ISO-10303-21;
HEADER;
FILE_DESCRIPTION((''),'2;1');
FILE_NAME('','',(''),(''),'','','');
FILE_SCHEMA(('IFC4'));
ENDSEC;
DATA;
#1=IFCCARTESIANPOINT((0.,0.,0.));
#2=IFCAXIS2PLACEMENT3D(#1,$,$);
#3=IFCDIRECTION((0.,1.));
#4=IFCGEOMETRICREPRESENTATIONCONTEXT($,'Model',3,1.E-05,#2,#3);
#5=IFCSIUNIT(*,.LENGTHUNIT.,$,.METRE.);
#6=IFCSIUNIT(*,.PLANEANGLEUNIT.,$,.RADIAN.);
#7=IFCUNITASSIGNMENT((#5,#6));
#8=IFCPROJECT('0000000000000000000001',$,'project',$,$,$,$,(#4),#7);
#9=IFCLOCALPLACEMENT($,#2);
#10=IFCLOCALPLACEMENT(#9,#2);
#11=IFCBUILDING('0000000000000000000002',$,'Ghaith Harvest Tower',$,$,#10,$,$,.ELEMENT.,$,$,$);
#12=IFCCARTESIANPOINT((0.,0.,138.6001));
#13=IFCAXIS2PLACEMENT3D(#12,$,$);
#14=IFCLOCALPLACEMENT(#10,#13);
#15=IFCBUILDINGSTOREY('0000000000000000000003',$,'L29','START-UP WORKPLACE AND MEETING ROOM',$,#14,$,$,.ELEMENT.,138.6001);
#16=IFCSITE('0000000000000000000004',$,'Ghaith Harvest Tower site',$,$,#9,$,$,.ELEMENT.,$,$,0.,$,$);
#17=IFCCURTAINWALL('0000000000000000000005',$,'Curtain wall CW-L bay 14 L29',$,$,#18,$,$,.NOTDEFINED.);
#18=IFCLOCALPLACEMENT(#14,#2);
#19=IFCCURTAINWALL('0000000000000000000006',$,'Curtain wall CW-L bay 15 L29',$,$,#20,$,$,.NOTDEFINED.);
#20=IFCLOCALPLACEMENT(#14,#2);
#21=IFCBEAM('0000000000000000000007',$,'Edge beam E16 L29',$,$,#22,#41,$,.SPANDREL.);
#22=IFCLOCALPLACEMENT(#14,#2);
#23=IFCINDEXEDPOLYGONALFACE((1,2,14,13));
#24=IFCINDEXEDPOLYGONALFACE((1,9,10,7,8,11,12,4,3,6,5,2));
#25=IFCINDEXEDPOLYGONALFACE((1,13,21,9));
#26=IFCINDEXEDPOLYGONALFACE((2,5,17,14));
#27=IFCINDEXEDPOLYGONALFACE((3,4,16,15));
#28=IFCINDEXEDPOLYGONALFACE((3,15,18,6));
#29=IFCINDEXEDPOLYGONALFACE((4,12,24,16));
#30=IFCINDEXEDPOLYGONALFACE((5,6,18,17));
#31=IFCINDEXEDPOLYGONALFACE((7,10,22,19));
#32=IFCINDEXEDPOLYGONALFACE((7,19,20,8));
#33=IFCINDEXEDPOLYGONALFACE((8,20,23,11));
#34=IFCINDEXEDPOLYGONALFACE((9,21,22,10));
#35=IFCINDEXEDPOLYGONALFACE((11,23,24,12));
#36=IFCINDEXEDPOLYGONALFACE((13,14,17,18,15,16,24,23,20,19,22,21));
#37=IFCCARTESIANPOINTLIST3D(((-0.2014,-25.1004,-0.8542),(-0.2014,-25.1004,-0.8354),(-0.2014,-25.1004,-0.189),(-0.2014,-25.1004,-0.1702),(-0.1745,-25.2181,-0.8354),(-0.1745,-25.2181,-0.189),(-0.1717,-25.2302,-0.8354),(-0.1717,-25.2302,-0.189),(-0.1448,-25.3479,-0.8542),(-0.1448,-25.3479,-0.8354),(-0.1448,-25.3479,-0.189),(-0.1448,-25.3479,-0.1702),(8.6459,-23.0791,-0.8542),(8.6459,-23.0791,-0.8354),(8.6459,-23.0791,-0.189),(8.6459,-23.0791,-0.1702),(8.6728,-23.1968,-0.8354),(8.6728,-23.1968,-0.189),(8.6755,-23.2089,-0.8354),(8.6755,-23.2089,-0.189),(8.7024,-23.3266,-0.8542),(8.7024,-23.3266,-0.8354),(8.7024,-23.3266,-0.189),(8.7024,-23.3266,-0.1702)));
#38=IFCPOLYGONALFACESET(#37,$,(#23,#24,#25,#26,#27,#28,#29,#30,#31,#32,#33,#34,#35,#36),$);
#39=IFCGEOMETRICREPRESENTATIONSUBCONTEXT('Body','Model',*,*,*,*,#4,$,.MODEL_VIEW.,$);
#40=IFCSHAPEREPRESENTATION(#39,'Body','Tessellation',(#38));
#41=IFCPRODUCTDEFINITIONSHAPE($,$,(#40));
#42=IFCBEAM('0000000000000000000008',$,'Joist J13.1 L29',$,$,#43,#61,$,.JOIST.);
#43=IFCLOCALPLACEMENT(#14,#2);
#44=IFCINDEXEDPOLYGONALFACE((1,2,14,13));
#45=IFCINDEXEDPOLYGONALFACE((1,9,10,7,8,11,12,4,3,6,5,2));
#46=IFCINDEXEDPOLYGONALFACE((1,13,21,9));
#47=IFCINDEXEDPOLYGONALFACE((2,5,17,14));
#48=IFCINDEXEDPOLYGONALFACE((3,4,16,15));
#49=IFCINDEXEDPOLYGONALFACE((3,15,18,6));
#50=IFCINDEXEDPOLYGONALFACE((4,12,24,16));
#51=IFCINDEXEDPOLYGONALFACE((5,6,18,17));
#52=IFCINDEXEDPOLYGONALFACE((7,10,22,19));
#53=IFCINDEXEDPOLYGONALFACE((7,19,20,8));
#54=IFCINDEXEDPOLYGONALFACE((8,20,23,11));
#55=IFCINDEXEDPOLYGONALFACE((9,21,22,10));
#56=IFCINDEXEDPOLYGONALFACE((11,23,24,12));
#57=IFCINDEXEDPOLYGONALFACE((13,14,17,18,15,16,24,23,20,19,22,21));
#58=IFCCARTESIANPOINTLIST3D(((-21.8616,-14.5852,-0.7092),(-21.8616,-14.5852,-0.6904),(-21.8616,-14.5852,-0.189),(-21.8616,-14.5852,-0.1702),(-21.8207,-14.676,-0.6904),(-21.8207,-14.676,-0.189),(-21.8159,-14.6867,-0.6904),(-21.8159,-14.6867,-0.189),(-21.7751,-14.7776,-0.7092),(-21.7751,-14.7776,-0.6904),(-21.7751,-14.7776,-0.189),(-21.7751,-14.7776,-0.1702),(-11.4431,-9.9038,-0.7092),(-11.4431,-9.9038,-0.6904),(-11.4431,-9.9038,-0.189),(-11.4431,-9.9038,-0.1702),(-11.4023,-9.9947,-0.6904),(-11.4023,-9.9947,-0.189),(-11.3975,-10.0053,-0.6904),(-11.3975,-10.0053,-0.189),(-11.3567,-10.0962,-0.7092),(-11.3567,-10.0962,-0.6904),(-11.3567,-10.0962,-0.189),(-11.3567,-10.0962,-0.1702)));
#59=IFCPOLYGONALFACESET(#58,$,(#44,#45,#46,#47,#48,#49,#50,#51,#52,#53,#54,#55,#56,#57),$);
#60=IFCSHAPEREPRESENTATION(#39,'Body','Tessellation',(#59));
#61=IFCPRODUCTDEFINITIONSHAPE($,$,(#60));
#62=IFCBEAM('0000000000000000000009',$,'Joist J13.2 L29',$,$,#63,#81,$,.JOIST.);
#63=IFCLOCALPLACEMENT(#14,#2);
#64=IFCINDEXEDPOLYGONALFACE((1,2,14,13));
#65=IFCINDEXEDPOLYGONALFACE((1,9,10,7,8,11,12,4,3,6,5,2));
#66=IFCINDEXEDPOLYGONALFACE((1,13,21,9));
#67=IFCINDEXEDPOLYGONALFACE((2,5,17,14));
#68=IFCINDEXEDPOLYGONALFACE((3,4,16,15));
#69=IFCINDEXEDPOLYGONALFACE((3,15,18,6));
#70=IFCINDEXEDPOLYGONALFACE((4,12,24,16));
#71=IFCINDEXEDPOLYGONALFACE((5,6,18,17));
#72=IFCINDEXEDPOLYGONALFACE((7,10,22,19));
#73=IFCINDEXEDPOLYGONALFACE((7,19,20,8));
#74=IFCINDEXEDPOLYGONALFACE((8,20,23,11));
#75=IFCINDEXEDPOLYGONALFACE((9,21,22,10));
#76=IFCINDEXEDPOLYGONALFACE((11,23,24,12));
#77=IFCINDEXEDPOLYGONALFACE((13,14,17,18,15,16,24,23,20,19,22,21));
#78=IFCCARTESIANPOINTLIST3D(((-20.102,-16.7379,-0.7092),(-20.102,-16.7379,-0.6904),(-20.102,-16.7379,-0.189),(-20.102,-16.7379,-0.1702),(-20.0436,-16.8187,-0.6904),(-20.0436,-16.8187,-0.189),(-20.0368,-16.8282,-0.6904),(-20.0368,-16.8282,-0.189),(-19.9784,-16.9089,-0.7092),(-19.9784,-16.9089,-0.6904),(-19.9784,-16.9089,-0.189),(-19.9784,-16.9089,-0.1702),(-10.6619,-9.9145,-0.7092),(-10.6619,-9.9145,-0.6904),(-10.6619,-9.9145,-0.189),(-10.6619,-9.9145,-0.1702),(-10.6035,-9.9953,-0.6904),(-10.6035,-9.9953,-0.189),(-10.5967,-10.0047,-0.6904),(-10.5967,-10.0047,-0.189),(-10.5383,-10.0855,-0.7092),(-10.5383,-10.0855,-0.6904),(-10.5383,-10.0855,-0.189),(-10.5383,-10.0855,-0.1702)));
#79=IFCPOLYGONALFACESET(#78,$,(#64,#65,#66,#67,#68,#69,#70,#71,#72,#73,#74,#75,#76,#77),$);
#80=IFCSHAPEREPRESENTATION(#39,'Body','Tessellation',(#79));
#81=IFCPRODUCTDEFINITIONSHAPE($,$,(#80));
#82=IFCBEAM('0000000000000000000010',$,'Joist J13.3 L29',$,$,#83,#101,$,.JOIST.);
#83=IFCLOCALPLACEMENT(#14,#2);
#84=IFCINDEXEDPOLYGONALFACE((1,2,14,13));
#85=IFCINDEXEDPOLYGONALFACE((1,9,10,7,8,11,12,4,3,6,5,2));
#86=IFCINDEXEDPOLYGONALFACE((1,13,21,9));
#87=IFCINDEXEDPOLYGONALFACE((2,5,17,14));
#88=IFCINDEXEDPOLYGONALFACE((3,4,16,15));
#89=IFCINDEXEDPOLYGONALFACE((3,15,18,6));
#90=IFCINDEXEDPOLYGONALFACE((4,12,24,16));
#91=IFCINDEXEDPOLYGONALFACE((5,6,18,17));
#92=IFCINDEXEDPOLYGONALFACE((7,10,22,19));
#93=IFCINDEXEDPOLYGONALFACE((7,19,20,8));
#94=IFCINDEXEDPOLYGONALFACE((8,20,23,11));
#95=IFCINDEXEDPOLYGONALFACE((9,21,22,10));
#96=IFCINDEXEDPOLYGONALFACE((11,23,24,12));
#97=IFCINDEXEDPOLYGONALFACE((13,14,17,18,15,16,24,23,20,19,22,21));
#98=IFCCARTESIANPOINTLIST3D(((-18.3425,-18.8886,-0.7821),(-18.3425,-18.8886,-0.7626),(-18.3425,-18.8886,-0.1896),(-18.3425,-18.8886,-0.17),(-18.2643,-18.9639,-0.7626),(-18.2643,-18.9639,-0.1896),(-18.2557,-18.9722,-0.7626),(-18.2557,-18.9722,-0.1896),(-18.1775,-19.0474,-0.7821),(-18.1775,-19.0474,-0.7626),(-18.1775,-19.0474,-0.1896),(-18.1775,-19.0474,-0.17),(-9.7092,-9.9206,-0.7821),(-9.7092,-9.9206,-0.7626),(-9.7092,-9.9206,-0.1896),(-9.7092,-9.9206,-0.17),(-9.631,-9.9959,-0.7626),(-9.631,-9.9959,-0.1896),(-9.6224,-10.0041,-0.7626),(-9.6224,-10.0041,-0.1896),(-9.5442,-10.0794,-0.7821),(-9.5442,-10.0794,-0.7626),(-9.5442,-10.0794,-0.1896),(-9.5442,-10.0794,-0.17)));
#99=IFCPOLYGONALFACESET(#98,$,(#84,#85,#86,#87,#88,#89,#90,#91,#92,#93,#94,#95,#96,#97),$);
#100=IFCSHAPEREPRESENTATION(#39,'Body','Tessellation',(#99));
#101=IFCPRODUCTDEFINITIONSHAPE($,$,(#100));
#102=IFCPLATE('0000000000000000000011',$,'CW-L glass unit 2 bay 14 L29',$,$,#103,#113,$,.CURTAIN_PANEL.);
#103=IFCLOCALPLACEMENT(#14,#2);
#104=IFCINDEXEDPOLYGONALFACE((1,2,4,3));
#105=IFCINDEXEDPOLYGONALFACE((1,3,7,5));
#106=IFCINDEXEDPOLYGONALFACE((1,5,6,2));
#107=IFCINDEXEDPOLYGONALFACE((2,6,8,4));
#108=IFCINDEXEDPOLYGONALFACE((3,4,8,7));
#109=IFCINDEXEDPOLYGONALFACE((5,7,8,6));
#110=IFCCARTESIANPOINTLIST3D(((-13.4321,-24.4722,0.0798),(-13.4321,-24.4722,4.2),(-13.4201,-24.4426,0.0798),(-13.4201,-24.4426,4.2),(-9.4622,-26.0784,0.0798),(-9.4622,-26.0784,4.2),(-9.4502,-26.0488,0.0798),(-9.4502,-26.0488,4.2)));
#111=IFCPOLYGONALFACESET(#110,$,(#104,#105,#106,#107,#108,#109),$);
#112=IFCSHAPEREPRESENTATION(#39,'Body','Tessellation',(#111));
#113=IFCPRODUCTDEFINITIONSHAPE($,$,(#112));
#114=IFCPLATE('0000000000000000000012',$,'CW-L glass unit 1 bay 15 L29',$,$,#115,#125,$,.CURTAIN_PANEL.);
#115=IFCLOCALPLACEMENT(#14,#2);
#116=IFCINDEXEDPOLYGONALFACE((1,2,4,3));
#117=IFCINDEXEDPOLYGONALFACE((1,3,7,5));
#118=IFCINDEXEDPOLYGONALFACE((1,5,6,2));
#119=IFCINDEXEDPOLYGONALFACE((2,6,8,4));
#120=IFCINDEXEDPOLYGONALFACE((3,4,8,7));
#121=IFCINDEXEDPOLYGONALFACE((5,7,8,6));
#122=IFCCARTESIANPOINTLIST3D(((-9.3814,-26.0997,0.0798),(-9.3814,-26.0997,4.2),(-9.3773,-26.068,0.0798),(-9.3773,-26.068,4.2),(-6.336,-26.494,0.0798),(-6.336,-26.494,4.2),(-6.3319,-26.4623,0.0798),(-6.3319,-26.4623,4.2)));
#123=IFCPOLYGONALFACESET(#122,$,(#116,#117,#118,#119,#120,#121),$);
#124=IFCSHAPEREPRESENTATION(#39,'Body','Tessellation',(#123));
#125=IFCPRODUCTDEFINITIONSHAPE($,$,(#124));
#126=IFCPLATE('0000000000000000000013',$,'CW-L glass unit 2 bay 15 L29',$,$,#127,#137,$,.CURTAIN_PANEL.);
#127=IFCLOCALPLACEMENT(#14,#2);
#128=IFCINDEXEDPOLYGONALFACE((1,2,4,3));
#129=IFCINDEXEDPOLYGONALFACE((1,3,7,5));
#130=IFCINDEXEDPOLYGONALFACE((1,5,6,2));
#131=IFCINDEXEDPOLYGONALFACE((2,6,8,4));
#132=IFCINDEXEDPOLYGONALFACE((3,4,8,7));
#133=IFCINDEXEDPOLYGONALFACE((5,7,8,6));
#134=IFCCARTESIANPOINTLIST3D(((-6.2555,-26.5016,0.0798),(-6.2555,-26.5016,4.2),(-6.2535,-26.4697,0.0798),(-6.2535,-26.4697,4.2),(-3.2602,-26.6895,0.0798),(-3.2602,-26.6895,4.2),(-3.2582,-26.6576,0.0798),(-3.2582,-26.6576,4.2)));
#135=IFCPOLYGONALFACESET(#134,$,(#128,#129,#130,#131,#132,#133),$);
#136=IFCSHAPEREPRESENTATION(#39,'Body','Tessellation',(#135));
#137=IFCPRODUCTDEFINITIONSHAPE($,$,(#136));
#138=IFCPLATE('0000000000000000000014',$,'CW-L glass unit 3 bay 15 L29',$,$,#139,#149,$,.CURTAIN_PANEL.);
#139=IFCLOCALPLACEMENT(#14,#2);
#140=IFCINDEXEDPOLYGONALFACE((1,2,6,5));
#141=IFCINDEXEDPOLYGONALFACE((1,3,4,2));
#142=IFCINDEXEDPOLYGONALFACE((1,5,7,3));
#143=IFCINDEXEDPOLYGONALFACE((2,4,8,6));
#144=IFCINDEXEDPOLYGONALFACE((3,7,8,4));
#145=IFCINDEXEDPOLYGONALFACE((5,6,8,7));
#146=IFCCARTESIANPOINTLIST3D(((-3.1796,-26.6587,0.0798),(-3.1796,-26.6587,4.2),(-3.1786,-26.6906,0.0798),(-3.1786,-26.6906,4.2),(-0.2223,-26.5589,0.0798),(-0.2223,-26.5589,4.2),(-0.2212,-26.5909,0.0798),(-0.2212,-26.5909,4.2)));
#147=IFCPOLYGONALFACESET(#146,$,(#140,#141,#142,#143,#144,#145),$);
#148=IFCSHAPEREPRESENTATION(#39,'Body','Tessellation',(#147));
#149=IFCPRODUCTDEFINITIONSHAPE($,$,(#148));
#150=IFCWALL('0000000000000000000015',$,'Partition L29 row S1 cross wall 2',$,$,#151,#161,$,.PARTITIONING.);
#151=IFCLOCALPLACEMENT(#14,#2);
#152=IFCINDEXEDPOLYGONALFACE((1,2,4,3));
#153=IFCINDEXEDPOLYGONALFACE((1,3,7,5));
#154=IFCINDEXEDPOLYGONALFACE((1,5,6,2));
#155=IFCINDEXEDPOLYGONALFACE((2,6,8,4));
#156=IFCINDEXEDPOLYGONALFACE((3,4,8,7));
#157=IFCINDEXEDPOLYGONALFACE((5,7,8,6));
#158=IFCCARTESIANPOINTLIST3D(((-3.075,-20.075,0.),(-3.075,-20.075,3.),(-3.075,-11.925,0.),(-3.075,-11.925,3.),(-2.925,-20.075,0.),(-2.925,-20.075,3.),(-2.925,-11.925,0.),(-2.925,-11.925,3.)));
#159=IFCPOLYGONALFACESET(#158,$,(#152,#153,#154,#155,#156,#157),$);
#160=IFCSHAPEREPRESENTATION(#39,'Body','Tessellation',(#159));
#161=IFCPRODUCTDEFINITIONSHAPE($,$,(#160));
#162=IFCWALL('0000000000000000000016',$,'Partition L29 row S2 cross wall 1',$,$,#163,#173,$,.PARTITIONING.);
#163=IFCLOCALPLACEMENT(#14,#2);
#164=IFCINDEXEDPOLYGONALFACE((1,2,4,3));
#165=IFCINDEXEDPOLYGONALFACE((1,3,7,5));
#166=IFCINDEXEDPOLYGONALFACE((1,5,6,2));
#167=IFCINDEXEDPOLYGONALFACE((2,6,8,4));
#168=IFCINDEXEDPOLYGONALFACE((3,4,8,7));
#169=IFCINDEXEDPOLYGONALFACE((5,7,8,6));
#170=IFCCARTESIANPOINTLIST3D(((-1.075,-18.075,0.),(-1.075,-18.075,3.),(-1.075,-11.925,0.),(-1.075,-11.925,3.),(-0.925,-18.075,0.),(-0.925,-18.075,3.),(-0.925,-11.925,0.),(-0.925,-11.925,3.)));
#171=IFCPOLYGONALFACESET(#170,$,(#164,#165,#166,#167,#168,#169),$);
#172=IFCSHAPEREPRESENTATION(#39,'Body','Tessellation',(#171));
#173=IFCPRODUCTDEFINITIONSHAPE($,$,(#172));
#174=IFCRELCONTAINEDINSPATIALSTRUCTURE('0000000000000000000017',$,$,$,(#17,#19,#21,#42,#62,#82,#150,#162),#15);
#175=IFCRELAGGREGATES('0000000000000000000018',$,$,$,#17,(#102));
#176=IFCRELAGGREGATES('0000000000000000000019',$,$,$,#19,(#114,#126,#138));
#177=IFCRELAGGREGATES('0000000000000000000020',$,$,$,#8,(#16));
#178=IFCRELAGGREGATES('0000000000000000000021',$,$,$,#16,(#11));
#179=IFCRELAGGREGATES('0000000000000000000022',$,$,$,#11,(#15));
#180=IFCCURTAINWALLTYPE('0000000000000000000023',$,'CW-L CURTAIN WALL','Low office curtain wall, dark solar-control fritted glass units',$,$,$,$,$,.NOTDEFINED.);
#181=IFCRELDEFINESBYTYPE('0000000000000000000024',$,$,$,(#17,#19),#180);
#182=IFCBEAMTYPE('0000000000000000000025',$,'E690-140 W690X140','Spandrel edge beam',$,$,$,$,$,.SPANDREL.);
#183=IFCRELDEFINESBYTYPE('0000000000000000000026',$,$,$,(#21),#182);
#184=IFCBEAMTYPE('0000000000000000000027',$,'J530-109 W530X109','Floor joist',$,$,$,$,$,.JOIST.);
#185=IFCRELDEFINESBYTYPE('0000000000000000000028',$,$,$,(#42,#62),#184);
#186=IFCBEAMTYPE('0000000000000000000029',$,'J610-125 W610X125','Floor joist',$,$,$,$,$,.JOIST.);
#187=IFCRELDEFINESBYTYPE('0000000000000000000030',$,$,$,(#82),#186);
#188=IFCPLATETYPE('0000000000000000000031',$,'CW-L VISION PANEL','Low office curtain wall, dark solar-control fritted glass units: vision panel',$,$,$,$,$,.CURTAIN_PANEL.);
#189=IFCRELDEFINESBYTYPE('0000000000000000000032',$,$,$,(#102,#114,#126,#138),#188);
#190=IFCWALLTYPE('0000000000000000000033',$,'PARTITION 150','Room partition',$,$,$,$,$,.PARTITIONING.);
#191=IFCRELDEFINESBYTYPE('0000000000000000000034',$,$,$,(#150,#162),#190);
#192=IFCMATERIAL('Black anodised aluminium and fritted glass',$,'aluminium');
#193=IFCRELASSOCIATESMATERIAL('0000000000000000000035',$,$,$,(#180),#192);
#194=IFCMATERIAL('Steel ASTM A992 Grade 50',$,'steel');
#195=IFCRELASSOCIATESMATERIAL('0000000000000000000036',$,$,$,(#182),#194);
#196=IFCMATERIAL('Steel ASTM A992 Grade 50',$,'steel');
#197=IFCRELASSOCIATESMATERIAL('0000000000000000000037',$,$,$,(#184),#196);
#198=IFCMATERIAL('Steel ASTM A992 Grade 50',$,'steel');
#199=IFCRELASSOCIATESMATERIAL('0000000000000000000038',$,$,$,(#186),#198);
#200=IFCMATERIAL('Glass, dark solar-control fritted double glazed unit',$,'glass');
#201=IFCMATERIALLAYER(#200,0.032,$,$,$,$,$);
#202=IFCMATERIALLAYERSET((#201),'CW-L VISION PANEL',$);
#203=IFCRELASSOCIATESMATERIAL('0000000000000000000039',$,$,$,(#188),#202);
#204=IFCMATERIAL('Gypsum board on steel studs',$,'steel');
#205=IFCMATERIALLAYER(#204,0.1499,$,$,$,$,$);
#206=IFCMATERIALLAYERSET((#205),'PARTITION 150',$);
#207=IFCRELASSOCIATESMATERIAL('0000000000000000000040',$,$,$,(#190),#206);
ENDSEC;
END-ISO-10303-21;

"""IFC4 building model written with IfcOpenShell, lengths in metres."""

from ifc_helpers import new_model, si_unit, direction, frame, frame_2d, origin, origin_2d, place, context, subcontext, project, spatial, rectangle, i_section, extrude, material, layer, layer_set, material_profile, profile_set, type_object, element, aggregate, save


model = new_model("IFC4")

# Units and contexts
model_context = context("Model", 3, precision=1e-05, world=origin(), true_north=direction((0.0, 1.0)))
body_context = subcontext(model_context, "Body", "Model", "MODEL_VIEW")
ifc_project = project(units=[si_unit("LENGTHUNIT", "METRE"), si_unit("PLANEANGLEUNIT", "RADIAN")], contexts=[model_context])

# Site, building, storey
site_placement = place(None, origin())
site = spatial("IfcSite", under=ifc_project, at=site_placement, Name="Ghaith Harvest Tower site", CompositionType="ELEMENT", RefElevation=0.0)
building_placement = place(site_placement, origin())
building = spatial("IfcBuilding", under=site, at=building_placement, Name="Ghaith Harvest Tower", CompositionType="ELEMENT")
storey_placement = place(building_placement, frame((0.0, 0.0, 138.6001)))
storey = spatial("IfcBuildingStorey", under=building, at=storey_placement, Name="L29", Description="START-UP WORKPLACE AND MEETING ROOM", CompositionType="ELEMENT", Elevation=138.6001)

# Curtain wall
ifc_material_1 = material(Name="Black anodised aluminium and fritted glass", Category="aluminium")
curtain_wall_type = type_object("IfcCurtainWallType", Name="CW-L CURTAIN WALL", Description="Low office curtain wall, dark solar-control fritted glass units", PredefinedType="NOTDEFINED", material=ifc_material_1)
curtain_wall_1_placement = place(storey_placement, origin())
curtain_wall_1 = element("IfcCurtainWall", 1, at=curtain_wall_1_placement, inside=storey, type_object=curtain_wall_type, Name="Curtain wall CW-L bay 14 L29", PredefinedType="NOTDEFINED")

# Curtain wall
curtain_wall_2_placement = place(storey_placement, origin())
curtain_wall_2 = element("IfcCurtainWall", 2, at=curtain_wall_2_placement, inside=storey, type_object=curtain_wall_type, Name="Curtain wall CW-L bay 15 L29", PredefinedType="NOTDEFINED")

# Beams
ifc_material_2 = material(Name="Steel ASTM A992 Grade 50", Category="steel")
ifc_material_profile_1 = material_profile(ifc_material_2, i_section(OverallWidth=0.2539, OverallDepth=0.6841, WebThickness=0.0125, FlangeThickness=0.0188, at=origin_2d()), Name="W690X140")
ifc_profile_set_1 = profile_set([ifc_material_profile_1], Name="Steel ASTM A992 Grade 50")
beam_type_1 = type_object("IfcBeamType", Name="E690-140 W690X140", Description="Spandrel edge beam", PredefinedType="SPANDREL", material=ifc_profile_set_1)
beam_1_placement = place(storey_placement, frame((-0.1731, -25.2241, -0.5122), z_axis=(0.974882, 0.222723, 0.0), x_axis=(-0.222723, 0.974882, 0.0)))
element("IfcBeam", 3, at=beam_1_placement, inside=storey, type_object=beam_type_1, Name="Edge beam E16 L29", PredefinedType="SPANDREL", context=body_context, shape_type="SweptSolid", body=[
    extrude(i_section(OverallWidth=0.2539, OverallDepth=0.6841, WebThickness=0.0125, FlangeThickness=0.0188, at=origin_2d()), origin(), (0.0, 0.0, 1.0), 9.0752),
])
ifc_material_3 = material(Name="Steel ASTM A992 Grade 50", Category="steel")
ifc_material_profile_2 = material_profile(ifc_material_3, i_section(OverallWidth=0.2109, OverallDepth=0.5391, WebThickness=0.0117, FlangeThickness=0.0188, at=origin_2d()), Name="W530X109")
ifc_profile_set_2 = profile_set([ifc_material_profile_2], Name="Steel ASTM A992 Grade 50")
beam_type_2 = type_object("IfcBeamType", Name="J530-109 W530X109", Description="Floor joist", PredefinedType="JOIST", material=ifc_profile_set_2)
beam_2_placement = place(storey_placement, frame((-11.3999, -10.0, -0.4397), z_axis=(-0.912148, -0.409862, 0.0), x_axis=(0.409862, -0.912148, 0.0)))
element("IfcBeam", 4, at=beam_2_placement, inside=storey, type_object=beam_type_2, Name="Joist J13.1 L29", PredefinedType="JOIST", context=body_context, shape_type="SweptSolid", body=[
    extrude(i_section(OverallWidth=0.2109, OverallDepth=0.5391, WebThickness=0.0117, FlangeThickness=0.0188, at=origin_2d()), origin(), (0.0, 0.0, 1.0), 11.4219),
])
beam_3_placement = place(storey_placement, frame((-10.6001, -10.0, -0.4397), z_axis=(-0.810452, -0.585805, 0.0), x_axis=(0.585805, -0.810452, 0.0)))
element("IfcBeam", 5, at=beam_3_placement, inside=storey, type_object=beam_type_2, Name="Joist J13.2 L29", PredefinedType="JOIST", context=body_context, shape_type="SweptSolid", body=[
    extrude(i_section(OverallWidth=0.2109, OverallDepth=0.5391, WebThickness=0.0117, FlangeThickness=0.0188, at=origin_2d()), origin(), (0.0, 0.0, 1.0), 11.6479),
])
ifc_material_4 = material(Name="Steel ASTM A992 Grade 50", Category="steel")
ifc_material_profile_3 = material_profile(ifc_material_4, i_section(OverallWidth=0.229, OverallDepth=0.6121, WebThickness=0.012, FlangeThickness=0.0195, at=origin_2d()), Name="W610X125")
ifc_profile_set_3 = profile_set([ifc_material_profile_3], Name="Steel ASTM A992 Grade 50")
beam_type_3 = type_object("IfcBeamType", Name="J610-125 W610X125", Description="Floor joist", PredefinedType="JOIST", material=ifc_profile_set_3)
beam_4_placement = place(storey_placement, frame((-9.6267, -10.0, -0.4761), z_axis=(-0.693535, -0.720423, 0.0), x_axis=(0.720423, -0.693535, 0.0)))
element("IfcBeam", 6, at=beam_4_placement, inside=storey, type_object=beam_type_3, Name="Joist J13.3 L29", PredefinedType="JOIST", context=body_context, shape_type="SweptSolid", body=[
    extrude(i_section(OverallWidth=0.229, OverallDepth=0.6121, WebThickness=0.012, FlangeThickness=0.0195, at=origin_2d()), origin(), (0.0, 0.0, 1.0), 12.4482),
])

# Plates
ifc_material_5 = material(Name="Glass, dark solar-control fritted double glazed unit", Category="glass")
ifc_layer_1 = layer(ifc_material_5, 0.032)
ifc_layer_set_1 = layer_set([ifc_layer_1], Name="CW-L VISION PANEL")
plate_type = type_object("IfcPlateType", Name="CW-L VISION PANEL", Description="Low office curtain wall, dark solar-control fritted glass units: vision panel", PredefinedType="CURTAIN_PANEL", material=ifc_layer_set_1)
plate_1_placement = place(storey_placement, frame((-11.4412, -25.2605, 0.0798), z_axis=(0.0, 0.0, 1.0), x_axis=(0.927003, -0.375055, 0.0)))
plate_1 = element("IfcPlate", 7, at=plate_1_placement, type_object=plate_type, Name="CW-L glass unit 2 bay 14 L29", PredefinedType="CURTAIN_PANEL", context=body_context, shape_type="SweptSolid", body=[
    extrude(rectangle(XDim=4.2825, YDim=0.032, at=origin_2d()), origin(), (0.0, 0.0, 1.0), 4.1201),
])
aggregate(curtain_wall_1, [plate_1])
plate_2_placement = place(storey_placement, frame((-7.8567, -26.281, 0.0798), z_axis=(0.0, 0.0, 1.0), x_axis=(0.991723, -0.128392, 0.0)))
plate_2 = element("IfcPlate", 8, at=plate_2_placement, type_object=plate_type, Name="CW-L glass unit 1 bay 15 L29", PredefinedType="CURTAIN_PANEL", context=body_context, shape_type="SweptSolid", body=[
    extrude(rectangle(XDim=3.0708, YDim=0.032, at=origin_2d()), origin(), (0.0, 0.0, 1.0), 4.1201),
])
plate_3_placement = place(storey_placement, frame((-4.7568, -26.5796, 0.0798), z_axis=(0.0, 0.0, 1.0), x_axis=(0.998038, -0.062607, 0.0)))
plate_3 = element("IfcPlate", 9, at=plate_3_placement, type_object=plate_type, Name="CW-L glass unit 2 bay 15 L29", PredefinedType="CURTAIN_PANEL", context=body_context, shape_type="SweptSolid", body=[
    extrude(rectangle(XDim=3.0012, YDim=0.032, at=origin_2d()), origin(), (0.0, 0.0, 1.0), 4.1201),
])
plate_4_placement = place(storey_placement, frame((-1.7004, -26.6248, 0.0798), z_axis=(0.0, 0.0, 1.0), x_axis=(0.999432, 0.033714, 0.0)))
plate_4 = element("IfcPlate", 10, at=plate_4_placement, type_object=plate_type, Name="CW-L glass unit 3 bay 15 L29", PredefinedType="CURTAIN_PANEL", context=body_context, shape_type="SweptSolid", body=[
    extrude(rectangle(XDim=2.959, YDim=0.032, at=origin_2d()), origin(), (0.0, 0.0, 1.0), 4.1201),
])
aggregate(curtain_wall_2, [plate_2, plate_3, plate_4])

# Walls
ifc_material_6 = material(Name="Gypsum board on steel studs", Category="steel")
ifc_layer_2 = layer(ifc_material_6, 0.1499)
ifc_layer_set_2 = layer_set([ifc_layer_2], Name="PARTITION 150")
wall_type = type_object("IfcWallType", Name="PARTITION 150", Description="Room partition", PredefinedType="PARTITIONING", material=ifc_layer_set_2)
wall_1_placement = place(storey_placement, frame((-3.0, -11.925, 0.0), z_axis=(0.0, 0.0, 1.0), x_axis=(0.0, -1.0, 0.0)))
element("IfcWall", 11, at=wall_1_placement, inside=storey, type_object=wall_type, Name="Partition L29 row S1 cross wall 2", PredefinedType="PARTITIONING", context=body_context, shape_type="SweptSolid", body=[
    extrude(rectangle(XDim=8.1499, YDim=0.1499, at=frame_2d((4.075, 0.0))), origin(), (0.0, 0.0, 1.0), 3.0),
])
wall_2_placement = place(storey_placement, frame((-1.0, -11.925, 0.0), z_axis=(0.0, 0.0, 1.0), x_axis=(0.0, -1.0, 0.0)))
element("IfcWall", 12, at=wall_2_placement, inside=storey, type_object=wall_type, Name="Partition L29 row S2 cross wall 1", PredefinedType="PARTITIONING", context=body_context, shape_type="SweptSolid", body=[
    extrude(rectangle(XDim=6.1499, YDim=0.1499, at=frame_2d((3.075, 0.0))), origin(), (0.0, 0.0, 1.0), 3.0),
])

save(model, "model.ifc")
